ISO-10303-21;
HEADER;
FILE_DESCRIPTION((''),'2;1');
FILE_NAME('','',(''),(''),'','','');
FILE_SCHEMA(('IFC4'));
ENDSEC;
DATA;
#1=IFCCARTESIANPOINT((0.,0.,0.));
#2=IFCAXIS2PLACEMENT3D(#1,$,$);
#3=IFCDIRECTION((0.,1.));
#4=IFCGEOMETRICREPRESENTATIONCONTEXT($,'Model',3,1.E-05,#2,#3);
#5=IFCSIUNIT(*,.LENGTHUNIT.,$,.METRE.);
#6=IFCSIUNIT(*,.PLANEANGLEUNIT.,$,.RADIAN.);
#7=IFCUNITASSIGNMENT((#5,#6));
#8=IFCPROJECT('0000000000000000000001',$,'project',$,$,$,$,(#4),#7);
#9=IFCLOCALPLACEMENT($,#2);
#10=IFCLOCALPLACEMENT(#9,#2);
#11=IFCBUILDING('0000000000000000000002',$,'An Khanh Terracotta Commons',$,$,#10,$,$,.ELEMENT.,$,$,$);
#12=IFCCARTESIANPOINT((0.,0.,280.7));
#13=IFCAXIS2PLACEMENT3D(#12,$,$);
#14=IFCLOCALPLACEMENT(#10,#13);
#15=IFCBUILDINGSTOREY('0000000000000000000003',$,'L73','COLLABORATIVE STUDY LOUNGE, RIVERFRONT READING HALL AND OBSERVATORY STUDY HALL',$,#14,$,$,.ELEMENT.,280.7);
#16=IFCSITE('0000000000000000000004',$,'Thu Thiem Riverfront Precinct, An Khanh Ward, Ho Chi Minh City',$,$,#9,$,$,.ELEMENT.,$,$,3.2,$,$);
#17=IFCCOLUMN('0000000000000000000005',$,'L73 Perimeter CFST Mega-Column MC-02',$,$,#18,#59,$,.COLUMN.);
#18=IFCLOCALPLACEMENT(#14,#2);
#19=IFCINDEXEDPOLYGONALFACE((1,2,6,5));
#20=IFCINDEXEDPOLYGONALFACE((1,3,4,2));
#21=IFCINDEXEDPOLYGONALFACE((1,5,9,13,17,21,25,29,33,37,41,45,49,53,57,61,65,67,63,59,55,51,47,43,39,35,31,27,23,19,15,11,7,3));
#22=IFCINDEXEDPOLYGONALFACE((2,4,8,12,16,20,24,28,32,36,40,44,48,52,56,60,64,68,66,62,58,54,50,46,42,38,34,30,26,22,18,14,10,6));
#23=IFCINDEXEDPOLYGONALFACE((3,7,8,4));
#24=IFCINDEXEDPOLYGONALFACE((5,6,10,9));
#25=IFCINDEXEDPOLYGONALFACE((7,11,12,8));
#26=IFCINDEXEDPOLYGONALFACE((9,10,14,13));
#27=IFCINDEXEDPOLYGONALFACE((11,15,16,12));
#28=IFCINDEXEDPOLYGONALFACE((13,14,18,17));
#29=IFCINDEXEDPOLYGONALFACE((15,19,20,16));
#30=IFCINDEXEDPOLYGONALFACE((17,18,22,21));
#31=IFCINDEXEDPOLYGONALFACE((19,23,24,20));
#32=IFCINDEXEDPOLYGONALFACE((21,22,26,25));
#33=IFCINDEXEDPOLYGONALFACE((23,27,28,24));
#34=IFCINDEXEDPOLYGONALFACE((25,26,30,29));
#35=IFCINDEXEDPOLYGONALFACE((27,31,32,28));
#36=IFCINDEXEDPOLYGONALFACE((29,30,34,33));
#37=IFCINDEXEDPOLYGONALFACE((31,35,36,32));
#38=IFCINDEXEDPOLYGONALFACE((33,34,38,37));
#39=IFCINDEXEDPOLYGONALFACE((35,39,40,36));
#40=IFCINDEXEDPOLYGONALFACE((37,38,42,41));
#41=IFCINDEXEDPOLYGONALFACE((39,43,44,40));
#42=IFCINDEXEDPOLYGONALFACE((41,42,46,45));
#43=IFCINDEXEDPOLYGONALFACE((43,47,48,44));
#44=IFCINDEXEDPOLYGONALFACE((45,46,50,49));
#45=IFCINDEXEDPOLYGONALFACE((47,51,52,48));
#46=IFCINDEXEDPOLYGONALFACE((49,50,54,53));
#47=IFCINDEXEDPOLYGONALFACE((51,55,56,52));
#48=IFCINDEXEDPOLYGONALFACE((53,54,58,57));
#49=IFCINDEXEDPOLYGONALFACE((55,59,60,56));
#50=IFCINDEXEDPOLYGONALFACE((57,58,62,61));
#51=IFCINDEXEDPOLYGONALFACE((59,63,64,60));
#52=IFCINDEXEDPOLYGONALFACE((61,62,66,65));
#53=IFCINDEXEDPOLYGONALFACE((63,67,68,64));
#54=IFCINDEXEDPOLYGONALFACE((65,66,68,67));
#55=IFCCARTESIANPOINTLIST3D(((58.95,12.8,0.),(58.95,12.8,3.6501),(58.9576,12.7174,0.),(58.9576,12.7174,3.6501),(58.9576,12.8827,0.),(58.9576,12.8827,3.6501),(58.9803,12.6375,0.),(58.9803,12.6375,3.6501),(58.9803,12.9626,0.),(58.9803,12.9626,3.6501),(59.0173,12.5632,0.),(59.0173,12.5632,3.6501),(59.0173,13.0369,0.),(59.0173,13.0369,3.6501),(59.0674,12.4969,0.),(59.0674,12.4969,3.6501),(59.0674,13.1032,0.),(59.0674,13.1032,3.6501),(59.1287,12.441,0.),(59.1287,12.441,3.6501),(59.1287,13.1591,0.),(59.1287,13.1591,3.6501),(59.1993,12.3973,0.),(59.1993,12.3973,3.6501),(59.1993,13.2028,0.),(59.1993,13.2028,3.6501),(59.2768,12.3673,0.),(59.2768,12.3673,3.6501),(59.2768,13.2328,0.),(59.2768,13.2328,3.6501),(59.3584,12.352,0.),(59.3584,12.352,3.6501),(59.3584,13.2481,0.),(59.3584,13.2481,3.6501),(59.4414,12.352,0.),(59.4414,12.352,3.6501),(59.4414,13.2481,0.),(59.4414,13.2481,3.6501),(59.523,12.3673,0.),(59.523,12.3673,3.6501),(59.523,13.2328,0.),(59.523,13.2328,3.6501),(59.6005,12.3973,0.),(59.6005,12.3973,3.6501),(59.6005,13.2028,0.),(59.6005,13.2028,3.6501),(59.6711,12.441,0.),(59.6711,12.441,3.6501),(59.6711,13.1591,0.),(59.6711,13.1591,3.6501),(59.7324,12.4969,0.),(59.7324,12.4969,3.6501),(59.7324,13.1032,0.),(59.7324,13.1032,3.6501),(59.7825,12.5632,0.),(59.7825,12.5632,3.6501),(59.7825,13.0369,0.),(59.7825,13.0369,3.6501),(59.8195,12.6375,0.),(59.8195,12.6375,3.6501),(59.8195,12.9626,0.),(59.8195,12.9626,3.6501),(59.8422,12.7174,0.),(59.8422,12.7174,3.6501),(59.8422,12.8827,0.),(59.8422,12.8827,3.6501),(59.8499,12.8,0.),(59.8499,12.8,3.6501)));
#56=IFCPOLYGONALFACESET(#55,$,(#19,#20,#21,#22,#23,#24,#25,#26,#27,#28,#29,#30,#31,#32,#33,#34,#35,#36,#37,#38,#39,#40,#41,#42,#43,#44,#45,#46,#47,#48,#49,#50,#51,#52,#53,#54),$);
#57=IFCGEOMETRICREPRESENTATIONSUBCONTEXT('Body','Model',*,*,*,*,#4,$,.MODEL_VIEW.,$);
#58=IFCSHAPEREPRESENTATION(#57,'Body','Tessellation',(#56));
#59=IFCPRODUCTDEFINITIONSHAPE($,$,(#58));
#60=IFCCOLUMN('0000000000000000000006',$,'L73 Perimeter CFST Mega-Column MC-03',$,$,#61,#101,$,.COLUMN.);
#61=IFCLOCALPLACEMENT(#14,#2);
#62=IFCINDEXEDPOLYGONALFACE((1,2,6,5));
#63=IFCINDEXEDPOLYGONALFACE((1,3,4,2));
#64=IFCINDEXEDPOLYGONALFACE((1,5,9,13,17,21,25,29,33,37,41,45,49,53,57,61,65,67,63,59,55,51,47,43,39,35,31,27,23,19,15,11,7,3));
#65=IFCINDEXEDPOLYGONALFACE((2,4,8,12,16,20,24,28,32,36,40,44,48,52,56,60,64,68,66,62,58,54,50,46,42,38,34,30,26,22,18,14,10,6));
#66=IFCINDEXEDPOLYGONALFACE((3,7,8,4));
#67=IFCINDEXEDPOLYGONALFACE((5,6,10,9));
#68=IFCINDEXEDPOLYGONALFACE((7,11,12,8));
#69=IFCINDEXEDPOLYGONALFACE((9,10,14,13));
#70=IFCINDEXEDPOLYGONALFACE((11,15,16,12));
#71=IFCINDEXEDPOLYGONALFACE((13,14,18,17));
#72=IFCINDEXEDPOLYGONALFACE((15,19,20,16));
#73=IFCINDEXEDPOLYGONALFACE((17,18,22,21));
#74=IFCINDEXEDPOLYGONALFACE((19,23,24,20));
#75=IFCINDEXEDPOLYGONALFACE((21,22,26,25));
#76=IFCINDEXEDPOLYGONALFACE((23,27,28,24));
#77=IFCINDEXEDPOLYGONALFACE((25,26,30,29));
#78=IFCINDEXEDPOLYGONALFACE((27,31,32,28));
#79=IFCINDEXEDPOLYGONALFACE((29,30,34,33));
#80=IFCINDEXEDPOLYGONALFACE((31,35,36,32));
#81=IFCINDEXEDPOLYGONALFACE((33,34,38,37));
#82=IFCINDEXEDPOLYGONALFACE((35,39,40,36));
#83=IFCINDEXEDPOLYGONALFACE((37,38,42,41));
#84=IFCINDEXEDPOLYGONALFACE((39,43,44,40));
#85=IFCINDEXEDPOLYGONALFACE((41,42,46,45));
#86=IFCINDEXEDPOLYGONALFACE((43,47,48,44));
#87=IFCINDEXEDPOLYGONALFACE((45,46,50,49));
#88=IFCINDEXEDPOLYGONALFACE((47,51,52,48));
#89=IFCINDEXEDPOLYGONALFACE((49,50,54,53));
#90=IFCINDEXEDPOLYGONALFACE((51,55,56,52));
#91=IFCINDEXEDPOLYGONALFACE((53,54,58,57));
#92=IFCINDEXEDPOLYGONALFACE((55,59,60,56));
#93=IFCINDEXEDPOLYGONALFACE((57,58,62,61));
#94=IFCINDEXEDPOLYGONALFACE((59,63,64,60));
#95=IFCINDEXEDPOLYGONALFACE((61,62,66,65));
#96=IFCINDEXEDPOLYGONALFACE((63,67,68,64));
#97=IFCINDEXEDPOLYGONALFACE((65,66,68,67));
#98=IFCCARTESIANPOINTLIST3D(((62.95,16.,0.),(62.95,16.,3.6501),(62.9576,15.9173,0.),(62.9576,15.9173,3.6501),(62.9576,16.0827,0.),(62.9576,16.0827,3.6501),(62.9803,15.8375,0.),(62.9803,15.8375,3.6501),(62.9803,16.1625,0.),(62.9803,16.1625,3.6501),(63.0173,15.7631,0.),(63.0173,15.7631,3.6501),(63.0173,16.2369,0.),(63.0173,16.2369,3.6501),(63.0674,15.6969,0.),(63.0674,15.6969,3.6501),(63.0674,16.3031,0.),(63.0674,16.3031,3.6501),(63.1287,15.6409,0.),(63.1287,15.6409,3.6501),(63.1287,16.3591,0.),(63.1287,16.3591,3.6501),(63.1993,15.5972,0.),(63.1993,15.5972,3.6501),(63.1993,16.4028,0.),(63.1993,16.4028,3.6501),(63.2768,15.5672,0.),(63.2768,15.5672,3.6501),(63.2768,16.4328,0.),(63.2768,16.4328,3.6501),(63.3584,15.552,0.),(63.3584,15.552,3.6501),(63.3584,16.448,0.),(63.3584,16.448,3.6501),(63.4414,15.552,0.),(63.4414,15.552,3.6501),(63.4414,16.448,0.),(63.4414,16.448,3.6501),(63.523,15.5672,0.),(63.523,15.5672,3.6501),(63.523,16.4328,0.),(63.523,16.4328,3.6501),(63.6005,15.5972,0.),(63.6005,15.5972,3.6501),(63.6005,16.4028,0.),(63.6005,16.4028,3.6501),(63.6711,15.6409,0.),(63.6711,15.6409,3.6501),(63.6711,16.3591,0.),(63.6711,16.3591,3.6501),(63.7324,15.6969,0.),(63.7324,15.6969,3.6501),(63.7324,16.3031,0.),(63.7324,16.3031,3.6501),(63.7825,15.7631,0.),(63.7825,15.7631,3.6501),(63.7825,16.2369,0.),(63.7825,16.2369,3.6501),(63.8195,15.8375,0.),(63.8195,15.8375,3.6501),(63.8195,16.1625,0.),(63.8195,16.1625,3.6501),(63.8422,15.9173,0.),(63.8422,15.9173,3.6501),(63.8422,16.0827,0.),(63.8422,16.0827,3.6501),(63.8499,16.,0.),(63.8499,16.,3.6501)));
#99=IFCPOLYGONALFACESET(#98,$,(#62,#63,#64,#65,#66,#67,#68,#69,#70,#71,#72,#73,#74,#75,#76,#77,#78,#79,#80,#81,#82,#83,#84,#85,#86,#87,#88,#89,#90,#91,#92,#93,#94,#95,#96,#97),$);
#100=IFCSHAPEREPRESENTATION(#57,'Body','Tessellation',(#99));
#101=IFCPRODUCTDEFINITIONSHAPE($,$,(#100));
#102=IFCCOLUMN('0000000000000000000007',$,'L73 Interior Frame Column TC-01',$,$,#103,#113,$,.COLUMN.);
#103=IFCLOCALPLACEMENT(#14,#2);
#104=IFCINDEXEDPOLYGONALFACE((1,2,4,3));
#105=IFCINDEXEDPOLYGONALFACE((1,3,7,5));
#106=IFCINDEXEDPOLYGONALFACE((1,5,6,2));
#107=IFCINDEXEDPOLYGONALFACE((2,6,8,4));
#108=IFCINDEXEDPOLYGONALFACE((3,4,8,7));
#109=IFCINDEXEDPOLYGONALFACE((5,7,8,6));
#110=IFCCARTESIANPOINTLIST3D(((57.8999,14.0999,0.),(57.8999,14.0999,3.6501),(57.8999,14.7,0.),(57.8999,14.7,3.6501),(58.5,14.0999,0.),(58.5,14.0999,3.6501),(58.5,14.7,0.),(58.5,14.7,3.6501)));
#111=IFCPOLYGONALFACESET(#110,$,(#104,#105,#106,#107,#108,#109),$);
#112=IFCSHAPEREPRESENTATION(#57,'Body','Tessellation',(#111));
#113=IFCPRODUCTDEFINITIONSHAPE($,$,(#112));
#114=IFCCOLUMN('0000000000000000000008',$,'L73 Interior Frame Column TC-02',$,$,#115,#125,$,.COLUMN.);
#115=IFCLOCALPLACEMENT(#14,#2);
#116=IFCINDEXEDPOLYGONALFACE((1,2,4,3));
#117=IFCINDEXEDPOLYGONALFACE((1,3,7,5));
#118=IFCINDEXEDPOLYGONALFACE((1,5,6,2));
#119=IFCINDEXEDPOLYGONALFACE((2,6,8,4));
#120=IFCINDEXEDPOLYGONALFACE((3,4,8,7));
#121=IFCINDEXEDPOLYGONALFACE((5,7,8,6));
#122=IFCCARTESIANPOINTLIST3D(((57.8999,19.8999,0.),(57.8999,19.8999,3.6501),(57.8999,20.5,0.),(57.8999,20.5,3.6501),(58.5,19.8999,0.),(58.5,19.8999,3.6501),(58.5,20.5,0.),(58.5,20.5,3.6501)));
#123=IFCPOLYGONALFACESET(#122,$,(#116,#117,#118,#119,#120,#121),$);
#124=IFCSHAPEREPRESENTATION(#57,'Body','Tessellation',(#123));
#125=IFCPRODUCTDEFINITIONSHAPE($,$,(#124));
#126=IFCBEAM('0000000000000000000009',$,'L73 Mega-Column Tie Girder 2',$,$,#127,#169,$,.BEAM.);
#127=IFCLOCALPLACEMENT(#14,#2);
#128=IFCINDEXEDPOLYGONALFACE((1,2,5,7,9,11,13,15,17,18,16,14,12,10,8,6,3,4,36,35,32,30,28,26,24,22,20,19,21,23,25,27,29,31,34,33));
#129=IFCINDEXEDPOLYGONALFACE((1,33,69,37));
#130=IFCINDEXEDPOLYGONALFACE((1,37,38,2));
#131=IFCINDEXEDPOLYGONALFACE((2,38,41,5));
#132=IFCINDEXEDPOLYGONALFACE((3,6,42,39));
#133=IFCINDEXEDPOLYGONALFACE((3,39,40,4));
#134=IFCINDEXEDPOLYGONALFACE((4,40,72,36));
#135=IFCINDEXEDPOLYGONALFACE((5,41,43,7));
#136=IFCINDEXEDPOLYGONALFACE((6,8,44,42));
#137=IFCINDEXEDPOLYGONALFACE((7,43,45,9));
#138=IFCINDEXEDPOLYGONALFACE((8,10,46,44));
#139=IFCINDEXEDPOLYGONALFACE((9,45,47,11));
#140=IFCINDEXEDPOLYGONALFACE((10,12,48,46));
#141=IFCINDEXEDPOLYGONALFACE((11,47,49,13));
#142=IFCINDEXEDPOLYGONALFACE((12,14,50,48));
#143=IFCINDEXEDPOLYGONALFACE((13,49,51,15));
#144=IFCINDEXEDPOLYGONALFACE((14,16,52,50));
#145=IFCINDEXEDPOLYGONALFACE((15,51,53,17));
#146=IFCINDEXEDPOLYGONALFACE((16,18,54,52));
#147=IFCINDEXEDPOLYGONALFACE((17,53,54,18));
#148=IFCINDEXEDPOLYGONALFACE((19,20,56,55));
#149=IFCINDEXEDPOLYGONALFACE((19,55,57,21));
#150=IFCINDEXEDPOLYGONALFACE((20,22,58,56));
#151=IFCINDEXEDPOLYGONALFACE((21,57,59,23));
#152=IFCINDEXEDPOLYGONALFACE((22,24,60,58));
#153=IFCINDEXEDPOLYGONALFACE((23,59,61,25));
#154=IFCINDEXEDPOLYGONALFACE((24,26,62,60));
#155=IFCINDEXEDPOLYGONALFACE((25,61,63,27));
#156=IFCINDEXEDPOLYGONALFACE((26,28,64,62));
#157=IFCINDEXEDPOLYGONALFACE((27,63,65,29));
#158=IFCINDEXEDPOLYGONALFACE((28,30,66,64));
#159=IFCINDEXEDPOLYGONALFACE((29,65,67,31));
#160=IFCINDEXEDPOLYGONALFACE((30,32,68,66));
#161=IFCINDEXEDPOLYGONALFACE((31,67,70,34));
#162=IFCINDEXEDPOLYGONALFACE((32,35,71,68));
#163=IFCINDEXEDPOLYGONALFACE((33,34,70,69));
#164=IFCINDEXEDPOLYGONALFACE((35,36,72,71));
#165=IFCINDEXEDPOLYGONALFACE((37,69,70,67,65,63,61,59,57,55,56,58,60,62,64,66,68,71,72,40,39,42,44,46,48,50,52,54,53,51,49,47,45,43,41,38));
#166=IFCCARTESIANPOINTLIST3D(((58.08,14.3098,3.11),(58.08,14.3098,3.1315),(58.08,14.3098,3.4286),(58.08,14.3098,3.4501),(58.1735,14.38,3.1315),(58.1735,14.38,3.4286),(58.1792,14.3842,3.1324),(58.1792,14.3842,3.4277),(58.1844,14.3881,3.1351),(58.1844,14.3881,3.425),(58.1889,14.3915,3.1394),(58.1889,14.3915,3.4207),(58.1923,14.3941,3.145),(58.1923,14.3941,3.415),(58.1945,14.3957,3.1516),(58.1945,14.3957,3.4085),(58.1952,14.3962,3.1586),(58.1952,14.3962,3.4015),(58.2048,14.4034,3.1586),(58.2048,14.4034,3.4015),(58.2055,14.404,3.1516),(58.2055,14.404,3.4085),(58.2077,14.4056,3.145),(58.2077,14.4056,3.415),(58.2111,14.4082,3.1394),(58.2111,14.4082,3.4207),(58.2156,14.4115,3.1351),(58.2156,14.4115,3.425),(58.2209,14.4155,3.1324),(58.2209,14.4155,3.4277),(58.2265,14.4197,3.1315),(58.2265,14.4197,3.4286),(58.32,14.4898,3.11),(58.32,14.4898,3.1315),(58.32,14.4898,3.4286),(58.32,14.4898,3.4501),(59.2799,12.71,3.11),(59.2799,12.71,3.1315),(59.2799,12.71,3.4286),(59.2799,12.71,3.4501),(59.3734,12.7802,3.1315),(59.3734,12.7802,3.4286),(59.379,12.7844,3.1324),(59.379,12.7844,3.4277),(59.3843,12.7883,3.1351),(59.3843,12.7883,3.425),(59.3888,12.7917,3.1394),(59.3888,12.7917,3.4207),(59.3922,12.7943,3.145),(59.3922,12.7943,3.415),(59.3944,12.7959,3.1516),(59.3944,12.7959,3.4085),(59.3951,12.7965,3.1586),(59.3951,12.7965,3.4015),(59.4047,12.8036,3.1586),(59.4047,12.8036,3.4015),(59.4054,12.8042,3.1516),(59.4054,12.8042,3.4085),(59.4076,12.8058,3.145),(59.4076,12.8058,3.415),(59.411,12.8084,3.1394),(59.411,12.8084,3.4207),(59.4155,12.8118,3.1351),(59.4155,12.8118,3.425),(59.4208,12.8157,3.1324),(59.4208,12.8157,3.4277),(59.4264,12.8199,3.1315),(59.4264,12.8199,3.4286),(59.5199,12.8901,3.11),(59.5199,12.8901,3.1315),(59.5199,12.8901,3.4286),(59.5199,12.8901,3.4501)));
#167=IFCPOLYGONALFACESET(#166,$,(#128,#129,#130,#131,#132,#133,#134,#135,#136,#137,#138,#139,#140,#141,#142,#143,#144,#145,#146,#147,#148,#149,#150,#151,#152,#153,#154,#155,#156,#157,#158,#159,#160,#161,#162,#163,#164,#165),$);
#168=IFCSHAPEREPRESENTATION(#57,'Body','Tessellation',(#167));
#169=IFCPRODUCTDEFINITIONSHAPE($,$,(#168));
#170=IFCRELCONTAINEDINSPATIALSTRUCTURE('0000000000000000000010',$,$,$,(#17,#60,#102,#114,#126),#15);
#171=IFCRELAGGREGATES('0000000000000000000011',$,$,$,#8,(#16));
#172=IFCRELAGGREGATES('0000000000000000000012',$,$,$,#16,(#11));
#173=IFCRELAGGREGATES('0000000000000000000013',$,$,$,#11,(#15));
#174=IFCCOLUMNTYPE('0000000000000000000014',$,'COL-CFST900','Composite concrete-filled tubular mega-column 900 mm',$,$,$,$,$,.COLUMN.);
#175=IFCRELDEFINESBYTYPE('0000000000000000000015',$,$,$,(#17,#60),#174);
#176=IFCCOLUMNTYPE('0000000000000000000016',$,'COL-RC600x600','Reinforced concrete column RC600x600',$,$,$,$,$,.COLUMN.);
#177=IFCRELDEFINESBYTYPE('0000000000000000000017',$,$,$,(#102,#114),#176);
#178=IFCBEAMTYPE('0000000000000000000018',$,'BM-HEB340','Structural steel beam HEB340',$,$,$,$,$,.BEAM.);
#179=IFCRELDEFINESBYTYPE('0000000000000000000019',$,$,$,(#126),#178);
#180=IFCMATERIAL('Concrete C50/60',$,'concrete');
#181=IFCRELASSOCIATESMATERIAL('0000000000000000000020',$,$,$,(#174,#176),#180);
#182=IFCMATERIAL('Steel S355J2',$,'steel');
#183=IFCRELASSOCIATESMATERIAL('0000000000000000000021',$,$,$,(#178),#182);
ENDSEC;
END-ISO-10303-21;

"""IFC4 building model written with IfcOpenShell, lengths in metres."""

from ifc_helpers import new_model, si_unit, direction, frame, origin, origin_2d, place, context, subcontext, project, spatial, rectangle, circle, i_section, extrude, material, material_profile, profile_set, type_object, element, save


model = new_model("IFC4")

# Units and contexts
model_context = context("Model", 3, precision=1e-05, world=origin(), true_north=direction((0.0, 1.0)))
body_context = subcontext(model_context, "Body", "Model", "MODEL_VIEW")
ifc_project = project(units=[si_unit("LENGTHUNIT", "METRE"), si_unit("PLANEANGLEUNIT", "RADIAN")], contexts=[model_context])

# Site, building, storey
site_placement = place(None, origin())
site = spatial("IfcSite", under=ifc_project, at=site_placement, Name="Thu Thiem Riverfront Precinct, An Khanh Ward, Ho Chi Minh City", CompositionType="ELEMENT", RefElevation=3.2)
building_placement = place(site_placement, origin())
building = spatial("IfcBuilding", under=site, at=building_placement, Name="An Khanh Terracotta Commons", CompositionType="ELEMENT")
storey_placement = place(building_placement, frame((0.0, 0.0, 280.7)))
storey = spatial("IfcBuildingStorey", under=building, at=storey_placement, Name="L73", Description="COLLABORATIVE STUDY LOUNGE, RIVERFRONT READING HALL AND OBSERVATORY STUDY HALL", CompositionType="ELEMENT", Elevation=280.7)

# Columns
ifc_material_1 = material(Name="Concrete C50/60", Category="concrete")
ifc_material_profile_1 = material_profile(ifc_material_1, circle(Radius=0.45, at=origin_2d()), Name="CFST900")
ifc_profile_set_1 = profile_set([ifc_material_profile_1], Name="Concrete C50/60")
column_type_1 = type_object("IfcColumnType", Name="COL-CFST900", Description="Composite concrete-filled tubular mega-column 900 mm", PredefinedType="COLUMN", material=ifc_profile_set_1)
for number, where, z_axis, x_axis, name in (
    (1, (59.3999, 12.8, 0.0), (0.0, 0.0, 1.0), (1.0, 0.0, 0.0), "L73 Perimeter CFST Mega-Column MC-02"),
    (2, (63.3999, 16.0, 0.0), (0.0, 0.0, 1.0), (1.0, 0.0, 0.0), "L73 Perimeter CFST Mega-Column MC-03"),
):
    element("IfcColumn", number, at=place(storey_placement, frame(where, z_axis=z_axis, x_axis=x_axis)), inside=storey, type_object=column_type_1, Name=name, PredefinedType="COLUMN", context=body_context, shape_type="SweptSolid", body=[
        extrude(circle(Radius=0.45, at=origin_2d()), origin(), (0.0, 0.0, 1.0), 3.6501),
    ])
ifc_material_profile_2 = material_profile(ifc_material_1, rectangle(XDim=0.6001, YDim=0.6001, at=origin_2d()), Name="RC600x600")
ifc_profile_set_2 = profile_set([ifc_material_profile_2], Name="Concrete C50/60")
column_type_2 = type_object("IfcColumnType", Name="COL-RC600x600", Description="Reinforced concrete column RC600x600", PredefinedType="COLUMN", material=ifc_profile_set_2)
for number, where, z_axis, x_axis, name in (
    (3, (58.2, 14.3999, 0.0), (0.0, 0.0, 1.0), (1.0, 0.0, 0.0), "L73 Interior Frame Column TC-01"),
    (4, (58.2, 20.2, 0.0), (0.0, 0.0, 1.0), (1.0, 0.0, 0.0), "L73 Interior Frame Column TC-02"),
):
    element("IfcColumn", number, at=place(storey_placement, frame(where, z_axis=z_axis, x_axis=x_axis)), inside=storey, type_object=column_type_2, Name=name, PredefinedType="COLUMN", context=body_context, shape_type="SweptSolid", body=[
        extrude(rectangle(XDim=0.6001, YDim=0.6001, at=origin_2d()), origin(), (0.0, 0.0, 1.0), 3.6501),
    ])

# Beam
ifc_material_2 = material(Name="Steel S355J2", Category="steel")
ifc_material_profile_3 = material_profile(ifc_material_2, i_section(OverallWidth=0.3, OverallDepth=0.3401, WebThickness=0.012, FlangeThickness=0.0215, FilletRadius=0.0271, at=origin_2d()), Name="HEB340")
ifc_profile_set_3 = profile_set([ifc_material_profile_3], Name="Steel S355J2")
beam_type_1 = type_object("IfcBeamType", Name="BM-HEB340", Description="Structural steel beam HEB340", PredefinedType="BEAM", material=ifc_profile_set_3)
beam_1_placement = place(storey_placement, frame((59.3999, 12.8, 3.28), z_axis=(-0.60002, 0.799985, 0.0), x_axis=(-0.799985, -0.60002, 0.0)))
element("IfcBeam", 5, at=beam_1_placement, inside=storey, type_object=beam_type_1, Name="L73 Mega-Column Tie Girder 2", PredefinedType="BEAM", context=body_context, shape_type="SweptSolid", body=[
    extrude(i_section(OverallWidth=0.3, OverallDepth=0.3401, WebThickness=0.012, FlangeThickness=0.0215, FilletRadius=0.0271, at=origin_2d()), origin(), (0.0, 0.0, 1.0), 1.9998),
])

save(model, "model.ifc")
